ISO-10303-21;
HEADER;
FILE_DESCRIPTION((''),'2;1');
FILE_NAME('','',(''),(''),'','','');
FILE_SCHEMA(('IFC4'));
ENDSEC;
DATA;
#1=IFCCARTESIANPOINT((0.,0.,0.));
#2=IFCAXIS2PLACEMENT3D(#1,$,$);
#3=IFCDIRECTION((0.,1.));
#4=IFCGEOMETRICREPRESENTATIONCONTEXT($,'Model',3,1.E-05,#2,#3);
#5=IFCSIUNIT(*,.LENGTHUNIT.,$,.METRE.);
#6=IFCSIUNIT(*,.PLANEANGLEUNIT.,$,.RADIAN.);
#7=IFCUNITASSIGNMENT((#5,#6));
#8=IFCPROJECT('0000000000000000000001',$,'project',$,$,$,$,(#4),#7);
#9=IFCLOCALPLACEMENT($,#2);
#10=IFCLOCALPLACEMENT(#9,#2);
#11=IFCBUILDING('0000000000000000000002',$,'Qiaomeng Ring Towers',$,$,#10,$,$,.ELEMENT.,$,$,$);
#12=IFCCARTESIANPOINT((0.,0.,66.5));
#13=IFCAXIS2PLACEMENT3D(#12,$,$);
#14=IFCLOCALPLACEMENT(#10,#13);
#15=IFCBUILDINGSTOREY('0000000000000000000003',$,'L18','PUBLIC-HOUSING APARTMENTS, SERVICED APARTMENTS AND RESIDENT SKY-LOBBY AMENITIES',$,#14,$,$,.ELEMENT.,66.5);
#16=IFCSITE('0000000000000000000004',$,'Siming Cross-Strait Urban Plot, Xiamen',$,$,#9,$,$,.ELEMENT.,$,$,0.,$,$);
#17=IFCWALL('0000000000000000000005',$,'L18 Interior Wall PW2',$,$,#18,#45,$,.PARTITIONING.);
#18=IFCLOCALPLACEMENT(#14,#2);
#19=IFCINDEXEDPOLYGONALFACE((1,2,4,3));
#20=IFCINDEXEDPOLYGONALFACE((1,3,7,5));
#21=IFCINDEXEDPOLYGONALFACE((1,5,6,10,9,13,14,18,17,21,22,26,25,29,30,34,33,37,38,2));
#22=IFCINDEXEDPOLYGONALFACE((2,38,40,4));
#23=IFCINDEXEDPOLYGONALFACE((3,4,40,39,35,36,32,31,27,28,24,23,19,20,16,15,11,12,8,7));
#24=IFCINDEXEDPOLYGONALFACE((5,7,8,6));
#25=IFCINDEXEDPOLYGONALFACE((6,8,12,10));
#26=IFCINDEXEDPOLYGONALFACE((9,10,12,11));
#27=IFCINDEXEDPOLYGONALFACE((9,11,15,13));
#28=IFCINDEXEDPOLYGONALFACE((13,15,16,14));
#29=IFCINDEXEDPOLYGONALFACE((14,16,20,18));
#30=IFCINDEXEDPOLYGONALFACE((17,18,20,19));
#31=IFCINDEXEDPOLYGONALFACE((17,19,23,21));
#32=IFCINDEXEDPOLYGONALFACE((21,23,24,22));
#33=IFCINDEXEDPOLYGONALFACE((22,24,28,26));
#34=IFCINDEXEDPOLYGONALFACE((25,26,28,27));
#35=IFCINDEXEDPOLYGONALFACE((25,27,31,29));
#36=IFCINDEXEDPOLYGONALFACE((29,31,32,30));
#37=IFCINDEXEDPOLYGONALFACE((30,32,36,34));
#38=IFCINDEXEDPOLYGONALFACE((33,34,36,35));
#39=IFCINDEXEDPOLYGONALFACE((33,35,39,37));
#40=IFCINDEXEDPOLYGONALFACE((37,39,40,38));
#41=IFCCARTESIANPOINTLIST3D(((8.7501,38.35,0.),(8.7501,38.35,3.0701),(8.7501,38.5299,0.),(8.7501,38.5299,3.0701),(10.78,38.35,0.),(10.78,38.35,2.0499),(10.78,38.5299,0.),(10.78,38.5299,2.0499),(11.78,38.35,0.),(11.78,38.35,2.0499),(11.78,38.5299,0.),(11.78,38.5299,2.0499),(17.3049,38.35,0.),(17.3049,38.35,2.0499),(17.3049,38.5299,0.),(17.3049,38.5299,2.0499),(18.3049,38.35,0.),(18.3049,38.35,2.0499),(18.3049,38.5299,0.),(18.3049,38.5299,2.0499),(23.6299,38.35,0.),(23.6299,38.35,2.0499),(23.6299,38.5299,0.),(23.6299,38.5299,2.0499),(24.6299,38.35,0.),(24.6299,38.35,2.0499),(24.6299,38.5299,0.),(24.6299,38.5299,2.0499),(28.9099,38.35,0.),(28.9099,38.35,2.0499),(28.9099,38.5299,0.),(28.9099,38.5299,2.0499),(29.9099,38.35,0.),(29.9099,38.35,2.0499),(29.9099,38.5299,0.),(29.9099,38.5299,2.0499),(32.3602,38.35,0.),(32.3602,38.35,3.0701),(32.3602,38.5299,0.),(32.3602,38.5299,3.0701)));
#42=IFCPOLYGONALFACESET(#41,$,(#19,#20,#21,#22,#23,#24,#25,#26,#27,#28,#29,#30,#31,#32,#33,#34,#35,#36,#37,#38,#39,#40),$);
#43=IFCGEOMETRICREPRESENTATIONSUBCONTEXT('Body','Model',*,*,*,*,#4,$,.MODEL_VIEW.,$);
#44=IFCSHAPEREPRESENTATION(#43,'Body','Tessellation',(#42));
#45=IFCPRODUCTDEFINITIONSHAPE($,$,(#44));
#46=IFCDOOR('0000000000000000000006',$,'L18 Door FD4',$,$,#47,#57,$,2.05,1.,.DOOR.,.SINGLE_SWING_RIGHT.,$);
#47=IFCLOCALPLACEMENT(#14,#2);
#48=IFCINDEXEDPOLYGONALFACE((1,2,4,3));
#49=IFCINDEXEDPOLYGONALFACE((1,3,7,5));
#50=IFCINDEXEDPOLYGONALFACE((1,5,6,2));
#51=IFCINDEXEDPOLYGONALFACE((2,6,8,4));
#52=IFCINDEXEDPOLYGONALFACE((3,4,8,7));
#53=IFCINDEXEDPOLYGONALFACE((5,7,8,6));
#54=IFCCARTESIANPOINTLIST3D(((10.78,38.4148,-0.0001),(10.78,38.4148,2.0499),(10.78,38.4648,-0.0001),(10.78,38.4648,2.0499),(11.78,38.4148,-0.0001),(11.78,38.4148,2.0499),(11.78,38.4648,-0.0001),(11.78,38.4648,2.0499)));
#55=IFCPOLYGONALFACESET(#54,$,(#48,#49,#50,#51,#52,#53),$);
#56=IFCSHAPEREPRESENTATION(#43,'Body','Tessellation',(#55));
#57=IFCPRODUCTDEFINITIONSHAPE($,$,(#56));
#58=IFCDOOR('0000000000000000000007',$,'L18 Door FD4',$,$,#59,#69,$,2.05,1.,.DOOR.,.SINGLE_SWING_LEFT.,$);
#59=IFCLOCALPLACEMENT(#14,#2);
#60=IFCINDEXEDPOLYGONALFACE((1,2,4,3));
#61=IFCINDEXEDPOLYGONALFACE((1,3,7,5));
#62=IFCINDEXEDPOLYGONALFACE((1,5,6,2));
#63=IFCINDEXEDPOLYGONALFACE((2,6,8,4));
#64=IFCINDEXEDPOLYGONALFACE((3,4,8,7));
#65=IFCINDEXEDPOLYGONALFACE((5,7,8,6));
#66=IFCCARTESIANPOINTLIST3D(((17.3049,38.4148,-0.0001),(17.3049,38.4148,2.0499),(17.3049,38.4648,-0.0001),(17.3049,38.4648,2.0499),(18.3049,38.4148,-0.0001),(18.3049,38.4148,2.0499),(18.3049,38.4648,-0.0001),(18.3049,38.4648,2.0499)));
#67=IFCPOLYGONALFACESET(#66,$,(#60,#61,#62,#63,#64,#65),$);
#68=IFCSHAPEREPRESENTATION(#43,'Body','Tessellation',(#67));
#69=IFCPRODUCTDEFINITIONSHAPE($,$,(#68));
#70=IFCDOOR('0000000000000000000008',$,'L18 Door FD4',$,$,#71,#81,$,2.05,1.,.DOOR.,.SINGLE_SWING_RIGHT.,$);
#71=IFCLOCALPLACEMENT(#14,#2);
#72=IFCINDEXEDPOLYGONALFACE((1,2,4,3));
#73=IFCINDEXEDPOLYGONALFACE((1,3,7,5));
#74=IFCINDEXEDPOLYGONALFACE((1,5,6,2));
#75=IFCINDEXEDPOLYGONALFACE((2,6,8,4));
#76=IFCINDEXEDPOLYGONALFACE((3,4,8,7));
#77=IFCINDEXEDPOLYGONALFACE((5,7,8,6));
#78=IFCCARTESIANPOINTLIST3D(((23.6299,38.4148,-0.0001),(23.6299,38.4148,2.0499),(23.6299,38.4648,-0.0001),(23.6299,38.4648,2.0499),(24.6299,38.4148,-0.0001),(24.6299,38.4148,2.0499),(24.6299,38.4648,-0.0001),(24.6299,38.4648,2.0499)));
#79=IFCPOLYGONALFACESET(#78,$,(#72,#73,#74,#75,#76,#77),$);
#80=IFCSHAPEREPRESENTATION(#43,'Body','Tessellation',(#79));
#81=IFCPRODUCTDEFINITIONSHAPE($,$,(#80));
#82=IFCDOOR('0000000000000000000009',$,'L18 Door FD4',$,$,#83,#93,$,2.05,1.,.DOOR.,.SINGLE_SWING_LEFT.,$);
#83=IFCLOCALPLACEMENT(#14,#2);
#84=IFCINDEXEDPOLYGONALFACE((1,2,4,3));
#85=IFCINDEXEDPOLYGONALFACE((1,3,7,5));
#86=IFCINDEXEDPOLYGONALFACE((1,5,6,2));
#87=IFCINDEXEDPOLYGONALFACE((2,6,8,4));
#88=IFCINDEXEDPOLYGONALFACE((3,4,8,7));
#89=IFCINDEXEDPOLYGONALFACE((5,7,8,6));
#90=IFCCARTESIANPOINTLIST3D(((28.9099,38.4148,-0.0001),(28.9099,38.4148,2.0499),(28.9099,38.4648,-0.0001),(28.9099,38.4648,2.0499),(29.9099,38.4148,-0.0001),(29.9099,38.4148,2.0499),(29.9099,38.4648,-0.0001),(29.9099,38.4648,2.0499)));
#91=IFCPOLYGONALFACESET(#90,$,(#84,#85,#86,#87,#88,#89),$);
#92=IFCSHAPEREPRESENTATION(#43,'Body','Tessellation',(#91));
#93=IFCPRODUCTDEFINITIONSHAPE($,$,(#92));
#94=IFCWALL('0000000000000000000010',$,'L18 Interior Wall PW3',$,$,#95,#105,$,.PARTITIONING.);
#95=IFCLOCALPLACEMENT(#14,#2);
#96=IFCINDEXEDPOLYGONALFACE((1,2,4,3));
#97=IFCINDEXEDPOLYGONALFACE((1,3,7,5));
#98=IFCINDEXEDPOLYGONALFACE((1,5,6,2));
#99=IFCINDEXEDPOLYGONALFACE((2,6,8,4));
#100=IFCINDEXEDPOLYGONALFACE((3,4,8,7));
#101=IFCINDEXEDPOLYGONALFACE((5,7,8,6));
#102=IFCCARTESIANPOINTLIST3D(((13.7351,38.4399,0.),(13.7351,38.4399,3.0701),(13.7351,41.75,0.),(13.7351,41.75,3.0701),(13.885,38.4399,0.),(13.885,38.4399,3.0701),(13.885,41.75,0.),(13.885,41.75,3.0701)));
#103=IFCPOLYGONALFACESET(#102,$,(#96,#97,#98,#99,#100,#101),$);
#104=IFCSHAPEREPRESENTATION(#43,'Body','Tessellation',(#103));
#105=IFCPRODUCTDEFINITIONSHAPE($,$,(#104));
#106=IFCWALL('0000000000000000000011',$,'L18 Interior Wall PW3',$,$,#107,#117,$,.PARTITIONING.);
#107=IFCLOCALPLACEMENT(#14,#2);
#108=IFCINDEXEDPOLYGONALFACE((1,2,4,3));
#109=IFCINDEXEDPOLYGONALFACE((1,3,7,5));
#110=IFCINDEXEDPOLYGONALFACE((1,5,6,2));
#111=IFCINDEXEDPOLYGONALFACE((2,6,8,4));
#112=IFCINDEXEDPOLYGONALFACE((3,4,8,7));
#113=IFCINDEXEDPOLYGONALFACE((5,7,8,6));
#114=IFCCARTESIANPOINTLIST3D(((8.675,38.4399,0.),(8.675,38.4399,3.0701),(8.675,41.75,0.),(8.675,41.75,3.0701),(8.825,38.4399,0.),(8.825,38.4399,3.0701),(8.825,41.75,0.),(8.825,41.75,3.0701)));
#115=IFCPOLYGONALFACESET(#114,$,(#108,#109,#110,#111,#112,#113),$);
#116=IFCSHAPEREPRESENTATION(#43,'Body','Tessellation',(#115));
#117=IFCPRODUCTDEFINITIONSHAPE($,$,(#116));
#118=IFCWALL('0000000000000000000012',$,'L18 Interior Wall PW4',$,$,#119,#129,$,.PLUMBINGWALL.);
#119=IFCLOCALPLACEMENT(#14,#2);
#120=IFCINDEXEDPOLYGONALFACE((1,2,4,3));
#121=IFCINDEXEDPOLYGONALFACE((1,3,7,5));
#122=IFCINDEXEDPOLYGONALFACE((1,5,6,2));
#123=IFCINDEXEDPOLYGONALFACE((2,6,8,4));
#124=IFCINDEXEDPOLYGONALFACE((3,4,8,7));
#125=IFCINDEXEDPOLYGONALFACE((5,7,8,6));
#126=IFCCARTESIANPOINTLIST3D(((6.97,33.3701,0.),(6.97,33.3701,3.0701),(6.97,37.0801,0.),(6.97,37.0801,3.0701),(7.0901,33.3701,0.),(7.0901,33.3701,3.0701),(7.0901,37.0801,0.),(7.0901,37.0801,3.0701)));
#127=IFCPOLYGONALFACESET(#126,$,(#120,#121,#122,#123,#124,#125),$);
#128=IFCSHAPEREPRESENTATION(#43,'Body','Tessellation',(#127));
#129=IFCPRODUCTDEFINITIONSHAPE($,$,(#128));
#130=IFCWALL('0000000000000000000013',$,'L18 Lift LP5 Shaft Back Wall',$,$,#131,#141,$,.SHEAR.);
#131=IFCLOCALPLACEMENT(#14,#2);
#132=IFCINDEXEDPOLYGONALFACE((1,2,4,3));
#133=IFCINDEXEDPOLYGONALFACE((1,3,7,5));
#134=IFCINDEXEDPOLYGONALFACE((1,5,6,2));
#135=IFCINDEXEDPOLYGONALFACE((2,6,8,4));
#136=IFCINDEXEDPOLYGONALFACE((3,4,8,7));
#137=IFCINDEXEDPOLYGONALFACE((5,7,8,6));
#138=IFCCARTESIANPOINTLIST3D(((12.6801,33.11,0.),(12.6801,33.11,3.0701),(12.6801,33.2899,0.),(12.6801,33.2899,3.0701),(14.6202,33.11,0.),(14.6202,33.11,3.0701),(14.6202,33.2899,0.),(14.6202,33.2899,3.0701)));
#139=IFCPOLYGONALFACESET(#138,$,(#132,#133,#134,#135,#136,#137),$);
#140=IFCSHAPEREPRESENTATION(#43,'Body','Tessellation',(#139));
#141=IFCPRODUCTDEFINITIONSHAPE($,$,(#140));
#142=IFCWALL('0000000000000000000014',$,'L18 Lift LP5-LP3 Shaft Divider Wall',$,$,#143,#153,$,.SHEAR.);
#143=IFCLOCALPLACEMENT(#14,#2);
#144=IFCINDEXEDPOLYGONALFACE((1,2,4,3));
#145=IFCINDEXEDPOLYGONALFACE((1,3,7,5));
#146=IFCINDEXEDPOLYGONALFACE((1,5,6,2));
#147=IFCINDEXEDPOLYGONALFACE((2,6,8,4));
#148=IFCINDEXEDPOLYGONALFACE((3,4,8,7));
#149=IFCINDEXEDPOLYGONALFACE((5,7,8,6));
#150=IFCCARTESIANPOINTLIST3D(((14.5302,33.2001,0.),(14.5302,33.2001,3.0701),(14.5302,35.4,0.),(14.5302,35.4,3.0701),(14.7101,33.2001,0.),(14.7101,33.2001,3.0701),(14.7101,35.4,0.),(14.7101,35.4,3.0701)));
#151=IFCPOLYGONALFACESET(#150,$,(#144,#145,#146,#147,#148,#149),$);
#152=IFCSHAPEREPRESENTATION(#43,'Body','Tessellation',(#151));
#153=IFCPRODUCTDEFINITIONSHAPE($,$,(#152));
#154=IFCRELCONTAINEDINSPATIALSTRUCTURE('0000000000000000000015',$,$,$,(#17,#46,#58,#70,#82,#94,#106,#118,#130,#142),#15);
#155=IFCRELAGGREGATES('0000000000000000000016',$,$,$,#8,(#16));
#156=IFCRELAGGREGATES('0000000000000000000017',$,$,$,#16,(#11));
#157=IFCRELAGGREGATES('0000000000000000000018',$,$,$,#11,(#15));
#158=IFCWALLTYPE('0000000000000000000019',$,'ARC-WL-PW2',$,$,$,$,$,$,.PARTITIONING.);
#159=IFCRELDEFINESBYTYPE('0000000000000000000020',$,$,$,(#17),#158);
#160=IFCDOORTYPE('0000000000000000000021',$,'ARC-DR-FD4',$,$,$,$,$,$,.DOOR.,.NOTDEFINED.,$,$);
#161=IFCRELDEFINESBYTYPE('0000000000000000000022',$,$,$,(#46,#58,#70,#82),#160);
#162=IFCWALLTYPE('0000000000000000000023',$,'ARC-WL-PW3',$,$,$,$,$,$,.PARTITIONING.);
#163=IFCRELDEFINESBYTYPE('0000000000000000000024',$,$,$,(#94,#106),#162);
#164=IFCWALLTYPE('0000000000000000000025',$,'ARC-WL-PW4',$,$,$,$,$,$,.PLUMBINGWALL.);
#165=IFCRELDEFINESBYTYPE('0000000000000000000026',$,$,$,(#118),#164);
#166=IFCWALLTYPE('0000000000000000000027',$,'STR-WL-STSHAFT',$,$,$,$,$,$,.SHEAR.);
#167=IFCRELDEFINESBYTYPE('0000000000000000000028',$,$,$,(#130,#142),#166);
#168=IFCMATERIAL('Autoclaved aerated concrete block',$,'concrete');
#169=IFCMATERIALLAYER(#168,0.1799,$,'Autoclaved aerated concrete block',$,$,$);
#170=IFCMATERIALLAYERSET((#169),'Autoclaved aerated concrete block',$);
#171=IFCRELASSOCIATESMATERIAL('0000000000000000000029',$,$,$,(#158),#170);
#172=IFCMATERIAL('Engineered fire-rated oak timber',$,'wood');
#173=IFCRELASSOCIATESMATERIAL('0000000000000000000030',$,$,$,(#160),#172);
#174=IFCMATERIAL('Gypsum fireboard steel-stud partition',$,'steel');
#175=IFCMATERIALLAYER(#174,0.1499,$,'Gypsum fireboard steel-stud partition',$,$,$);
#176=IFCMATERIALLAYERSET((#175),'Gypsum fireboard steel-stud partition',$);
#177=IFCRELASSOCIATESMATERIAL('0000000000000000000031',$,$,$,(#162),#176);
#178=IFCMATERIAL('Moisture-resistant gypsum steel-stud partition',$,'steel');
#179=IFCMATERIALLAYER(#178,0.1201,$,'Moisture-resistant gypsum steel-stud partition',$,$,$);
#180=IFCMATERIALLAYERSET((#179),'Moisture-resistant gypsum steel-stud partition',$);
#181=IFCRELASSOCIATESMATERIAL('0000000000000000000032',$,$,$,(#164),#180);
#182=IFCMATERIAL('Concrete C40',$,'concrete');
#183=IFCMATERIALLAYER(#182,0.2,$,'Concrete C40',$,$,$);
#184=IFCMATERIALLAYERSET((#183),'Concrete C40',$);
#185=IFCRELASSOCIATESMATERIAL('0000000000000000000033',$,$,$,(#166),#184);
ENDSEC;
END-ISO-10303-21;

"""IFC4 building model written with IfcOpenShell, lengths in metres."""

from ifc_helpers import new_model, si_unit, direction, frame, frame_2d, origin, place, context, subcontext, project, spatial, rectangle, extrude, source, transform, mapped, material, layer, layer_set, type_object, element, fill, save


model = new_model("IFC4")

# Units and contexts
model_context = context("Model", 3, precision=1e-05, world=origin(), true_north=direction((0.0, 1.0)))
body_context = subcontext(model_context, "Body", "Model", "MODEL_VIEW")
ifc_project = project(units=[si_unit("LENGTHUNIT", "METRE"), si_unit("PLANEANGLEUNIT", "RADIAN")], contexts=[model_context])

# Site, building, storey
site_placement = place(None, origin())
site = spatial("IfcSite", under=ifc_project, at=site_placement, Name="Siming Cross-Strait Urban Plot, Xiamen", CompositionType="ELEMENT", RefElevation=0.0)
building_placement = place(site_placement, origin())
building = spatial("IfcBuilding", under=site, at=building_placement, Name="Qiaomeng Ring Towers", CompositionType="ELEMENT")
storey_placement = place(building_placement, frame((0.0, 0.0, 66.5)))
storey = spatial("IfcBuildingStorey", under=building, at=storey_placement, Name="L18", Description="PUBLIC-HOUSING APARTMENTS, SERVICED APARTMENTS AND RESIDENT SKY-LOBBY AMENITIES", CompositionType="ELEMENT", Elevation=66.5)

# Shared definitions
ifc_material_1 = material(Name="Autoclaved aerated concrete block", Category="concrete")

# Wall, openings, doors
ifc_layer_1 = layer(ifc_material_1, 0.1799, Name="Autoclaved aerated concrete block")
ifc_layer_set_1 = layer_set([ifc_layer_1], Name="Autoclaved aerated concrete block")
wall_type_1 = type_object("IfcWallType", Name="ARC-WL-PW2", PredefinedType="PARTITIONING", material=ifc_layer_set_1)
wall_1_placement = place(storey_placement, frame((8.75, 38.4399, 0.0), z_axis=(0.0, 0.0, 1.0), x_axis=(1.0, 0.0, 0.0)))
wall_1 = element("IfcWall", 1, at=wall_1_placement, inside=storey, type_object=wall_type_1, Name="L18 Interior Wall PW2", PredefinedType="PARTITIONING", context=body_context, shape_type="SweptSolid", body=[
    extrude(rectangle(XDim=23.6101, YDim=0.1799, at=frame_2d((11.8052, 0.0))), origin(), (0.0, 0.0, 1.0), 3.0701),
])
opening_1_placement = place(wall_1_placement, frame((2.03, 0.0, 0.0)))
opening_1 = element("IfcOpeningElement", 2, at=opening_1_placement, cuts=wall_1, PredefinedType="OPENING", context=body_context, shape_type="SweptSolid", body=[
    extrude(rectangle(XDim=1.0, YDim=2.05, at=frame_2d((0.5, 1.0249))), frame((0.0, 0.0999, 0.0), z_axis=(0.0, -1.0, 0.0), x_axis=(1.0, 0.0, 0.0)), (0.0, 0.0, 1.0), 0.2),
])
opening_2_placement = place(wall_1_placement, frame((8.5549, 0.0, 0.0)))
opening_2 = element("IfcOpeningElement", 3, at=opening_2_placement, cuts=wall_1, PredefinedType="OPENING", context=body_context, shape_type="SweptSolid", body=[
    extrude(rectangle(XDim=1.0, YDim=2.05, at=frame_2d((0.5, 1.0249))), frame((0.0, 0.0999, 0.0), z_axis=(0.0, -1.0, 0.0), x_axis=(1.0, 0.0, 0.0)), (0.0, 0.0, 1.0), 0.2),
])
opening_3_placement = place(wall_1_placement, frame((14.8799, 0.0, 0.0)))
opening_3 = element("IfcOpeningElement", 4, at=opening_3_placement, cuts=wall_1, PredefinedType="OPENING", context=body_context, shape_type="SweptSolid", body=[
    extrude(rectangle(XDim=1.0, YDim=2.05, at=frame_2d((0.5, 1.0249))), frame((0.0, 0.0999, 0.0), z_axis=(0.0, -1.0, 0.0), x_axis=(1.0, 0.0, 0.0)), (0.0, 0.0, 1.0), 0.2),
])
opening_4_placement = place(wall_1_placement, frame((20.1599, 0.0, 0.0)))
opening_4 = element("IfcOpeningElement", 5, at=opening_4_placement, cuts=wall_1, PredefinedType="OPENING", context=body_context, shape_type="SweptSolid", body=[
    extrude(rectangle(XDim=1.0, YDim=2.05, at=frame_2d((0.5, 1.0249))), frame((0.0, 0.0999, 0.0), z_axis=(0.0, -1.0, 0.0), x_axis=(1.0, 0.0, 0.0)), (0.0, 0.0, 1.0), 0.2),
])
ifc_material_2 = material(Name="Engineered fire-rated oak timber", Category="wood")
door_type_1 = type_object("IfcDoorType", Name="ARC-DR-FD4", OperationType="NOTDEFINED", PredefinedType="DOOR", material=ifc_material_2)
shared_shape_1 = source(origin(), body_context, "Body", "SweptSolid", [
    extrude(rectangle(XDim=1.0, YDim=2.05, at=frame_2d((0.5, 1.0249))), frame((0.0, 0.0249, 0.0), z_axis=(0.0, -1.0, 0.0), x_axis=(1.0, 0.0, 0.0)), (0.0, 0.0, 1.0), 0.05),
])
door_1_placement = place(opening_1_placement, origin())
door_1 = element("IfcDoor", 6, at=door_1_placement, inside=storey, type_object=door_type_1, Name="L18 Door FD4", OperationType="SINGLE_SWING_RIGHT", OverallHeight=2.05, OverallWidth=1.0, PredefinedType="DOOR", context=body_context, shape_type="MappedRepresentation", body=[
    mapped(shared_shape_1, transform((0.0, 0.0, 0.0), x_axis=(1.0, 0.0, 0.0), y_axis=(0.0, 1.0, 0.0), z_axis=(0.0, 0.0, 1.0), scale=1.0)),
])
fill(opening_1, door_1)
door_2_placement = place(opening_2_placement, origin())
door_2 = element("IfcDoor", 7, at=door_2_placement, inside=storey, type_object=door_type_1, Name="L18 Door FD4", OperationType="SINGLE_SWING_LEFT", OverallHeight=2.05, OverallWidth=1.0, PredefinedType="DOOR", context=body_context, shape_type="MappedRepresentation", body=[
    mapped(shared_shape_1, transform((0.0, 0.0, 0.0), x_axis=(1.0, 0.0, 0.0), y_axis=(0.0, 1.0, 0.0), z_axis=(0.0, 0.0, 1.0), scale=1.0)),
])
fill(opening_2, door_2)
door_3_placement = place(opening_3_placement, origin())
door_3 = element("IfcDoor", 8, at=door_3_placement, inside=storey, type_object=door_type_1, Name="L18 Door FD4", OperationType="SINGLE_SWING_RIGHT", OverallHeight=2.05, OverallWidth=1.0, PredefinedType="DOOR", context=body_context, shape_type="MappedRepresentation", body=[
    mapped(shared_shape_1, transform((0.0, 0.0, 0.0), x_axis=(1.0, 0.0, 0.0), y_axis=(0.0, 1.0, 0.0), z_axis=(0.0, 0.0, 1.0), scale=1.0)),
])
fill(opening_3, door_3)
door_4_placement = place(opening_4_placement, origin())
door_4 = element("IfcDoor", 9, at=door_4_placement, inside=storey, type_object=door_type_1, Name="L18 Door FD4", OperationType="SINGLE_SWING_LEFT", OverallHeight=2.05, OverallWidth=1.0, PredefinedType="DOOR", context=body_context, shape_type="MappedRepresentation", body=[
    mapped(shared_shape_1, transform((0.0, 0.0, 0.0), x_axis=(1.0, 0.0, 0.0), y_axis=(0.0, 1.0, 0.0), z_axis=(0.0, 0.0, 1.0), scale=1.0)),
])
fill(opening_4, door_4)

# Walls
ifc_material_3 = material(Name="Gypsum fireboard steel-stud partition", Category="steel")
ifc_layer_2 = layer(ifc_material_3, 0.1499, Name="Gypsum fireboard steel-stud partition")
ifc_layer_set_2 = layer_set([ifc_layer_2], Name="Gypsum fireboard steel-stud partition")
wall_type_2 = type_object("IfcWallType", Name="ARC-WL-PW3", PredefinedType="PARTITIONING", material=ifc_layer_set_2)
for number, where, z_axis, x_axis, name in (
    (10, (13.8101, 38.4399, 0.0), (0.0, 0.0, 1.0), (0.0, 1.0, 0.0), "L18 Interior Wall PW3"),
    (11, (8.75, 38.4399, 0.0), (0.0, 0.0, 1.0), (0.0, 1.0, 0.0), "L18 Interior Wall PW3"),
):
    element("IfcWall", number, at=place(storey_placement, frame(where, z_axis=z_axis, x_axis=x_axis)), inside=storey, type_object=wall_type_2, Name=name, PredefinedType="PARTITIONING", context=body_context, shape_type="SweptSolid", body=[
        extrude(rectangle(XDim=3.3101, YDim=0.1499, at=frame_2d((1.655, 0.0))), origin(), (0.0, 0.0, 1.0), 3.0701),
    ])
ifc_material_4 = material(Name="Moisture-resistant gypsum steel-stud partition", Category="steel")
ifc_layer_3 = layer(ifc_material_4, 0.1201, Name="Moisture-resistant gypsum steel-stud partition")
ifc_layer_set_3 = layer_set([ifc_layer_3], Name="Moisture-resistant gypsum steel-stud partition")
wall_type_3 = type_object("IfcWallType", Name="ARC-WL-PW4", PredefinedType="PLUMBINGWALL", material=ifc_layer_set_3)
wall_2_placement = place(storey_placement, frame((7.03, 33.3701, 0.0), z_axis=(0.0, 0.0, 1.0), x_axis=(0.0, 1.0, 0.0)))
element("IfcWall", 12, at=wall_2_placement, inside=storey, type_object=wall_type_3, Name="L18 Interior Wall PW4", PredefinedType="PLUMBINGWALL", context=body_context, shape_type="SweptSolid", body=[
    extrude(rectangle(XDim=3.71, YDim=0.1201, at=frame_2d((1.855, 0.0))), origin(), (0.0, 0.0, 1.0), 3.0701),
])
ifc_material_5 = material(Name="Concrete C40", Category="concrete")
ifc_layer_4 = layer(ifc_material_5, 0.2, Name="Concrete C40")
ifc_layer_set_4 = layer_set([ifc_layer_4], Name="Concrete C40")
wall_type_4 = type_object("IfcWallType", Name="STR-WL-STSHAFT", PredefinedType="SHEAR", material=ifc_layer_set_4)
wall_3_placement = place(storey_placement, frame((12.6799, 33.2, 0.0), z_axis=(0.0, 0.0, 1.0), x_axis=(1.0, 0.0, 0.0)))
element("IfcWall", 13, at=wall_3_placement, inside=storey, type_object=wall_type_4, Name="L18 Lift LP5 Shaft Back Wall", PredefinedType="SHEAR", context=body_context, shape_type="SweptSolid", body=[
    extrude(rectangle(XDim=1.9402, YDim=0.1799, at=frame_2d((0.9702, 0.0))), origin(), (0.0, 0.0, 1.0), 3.0701),
])
wall_4_placement = place(storey_placement, frame((14.6201, 33.2, 0.0), z_axis=(0.0, 0.0, 1.0), x_axis=(0.0, 1.0, 0.0)))
element("IfcWall", 14, at=wall_4_placement, inside=storey, type_object=wall_type_4, Name="L18 Lift LP5-LP3 Shaft Divider Wall", PredefinedType="SHEAR", context=body_context, shape_type="SweptSolid", body=[
    extrude(rectangle(XDim=2.2, YDim=0.1799, at=frame_2d((1.1001, 0.0))), origin(), (0.0, 0.0, 1.0), 3.0701),
])

save(model, "model.ifc")
